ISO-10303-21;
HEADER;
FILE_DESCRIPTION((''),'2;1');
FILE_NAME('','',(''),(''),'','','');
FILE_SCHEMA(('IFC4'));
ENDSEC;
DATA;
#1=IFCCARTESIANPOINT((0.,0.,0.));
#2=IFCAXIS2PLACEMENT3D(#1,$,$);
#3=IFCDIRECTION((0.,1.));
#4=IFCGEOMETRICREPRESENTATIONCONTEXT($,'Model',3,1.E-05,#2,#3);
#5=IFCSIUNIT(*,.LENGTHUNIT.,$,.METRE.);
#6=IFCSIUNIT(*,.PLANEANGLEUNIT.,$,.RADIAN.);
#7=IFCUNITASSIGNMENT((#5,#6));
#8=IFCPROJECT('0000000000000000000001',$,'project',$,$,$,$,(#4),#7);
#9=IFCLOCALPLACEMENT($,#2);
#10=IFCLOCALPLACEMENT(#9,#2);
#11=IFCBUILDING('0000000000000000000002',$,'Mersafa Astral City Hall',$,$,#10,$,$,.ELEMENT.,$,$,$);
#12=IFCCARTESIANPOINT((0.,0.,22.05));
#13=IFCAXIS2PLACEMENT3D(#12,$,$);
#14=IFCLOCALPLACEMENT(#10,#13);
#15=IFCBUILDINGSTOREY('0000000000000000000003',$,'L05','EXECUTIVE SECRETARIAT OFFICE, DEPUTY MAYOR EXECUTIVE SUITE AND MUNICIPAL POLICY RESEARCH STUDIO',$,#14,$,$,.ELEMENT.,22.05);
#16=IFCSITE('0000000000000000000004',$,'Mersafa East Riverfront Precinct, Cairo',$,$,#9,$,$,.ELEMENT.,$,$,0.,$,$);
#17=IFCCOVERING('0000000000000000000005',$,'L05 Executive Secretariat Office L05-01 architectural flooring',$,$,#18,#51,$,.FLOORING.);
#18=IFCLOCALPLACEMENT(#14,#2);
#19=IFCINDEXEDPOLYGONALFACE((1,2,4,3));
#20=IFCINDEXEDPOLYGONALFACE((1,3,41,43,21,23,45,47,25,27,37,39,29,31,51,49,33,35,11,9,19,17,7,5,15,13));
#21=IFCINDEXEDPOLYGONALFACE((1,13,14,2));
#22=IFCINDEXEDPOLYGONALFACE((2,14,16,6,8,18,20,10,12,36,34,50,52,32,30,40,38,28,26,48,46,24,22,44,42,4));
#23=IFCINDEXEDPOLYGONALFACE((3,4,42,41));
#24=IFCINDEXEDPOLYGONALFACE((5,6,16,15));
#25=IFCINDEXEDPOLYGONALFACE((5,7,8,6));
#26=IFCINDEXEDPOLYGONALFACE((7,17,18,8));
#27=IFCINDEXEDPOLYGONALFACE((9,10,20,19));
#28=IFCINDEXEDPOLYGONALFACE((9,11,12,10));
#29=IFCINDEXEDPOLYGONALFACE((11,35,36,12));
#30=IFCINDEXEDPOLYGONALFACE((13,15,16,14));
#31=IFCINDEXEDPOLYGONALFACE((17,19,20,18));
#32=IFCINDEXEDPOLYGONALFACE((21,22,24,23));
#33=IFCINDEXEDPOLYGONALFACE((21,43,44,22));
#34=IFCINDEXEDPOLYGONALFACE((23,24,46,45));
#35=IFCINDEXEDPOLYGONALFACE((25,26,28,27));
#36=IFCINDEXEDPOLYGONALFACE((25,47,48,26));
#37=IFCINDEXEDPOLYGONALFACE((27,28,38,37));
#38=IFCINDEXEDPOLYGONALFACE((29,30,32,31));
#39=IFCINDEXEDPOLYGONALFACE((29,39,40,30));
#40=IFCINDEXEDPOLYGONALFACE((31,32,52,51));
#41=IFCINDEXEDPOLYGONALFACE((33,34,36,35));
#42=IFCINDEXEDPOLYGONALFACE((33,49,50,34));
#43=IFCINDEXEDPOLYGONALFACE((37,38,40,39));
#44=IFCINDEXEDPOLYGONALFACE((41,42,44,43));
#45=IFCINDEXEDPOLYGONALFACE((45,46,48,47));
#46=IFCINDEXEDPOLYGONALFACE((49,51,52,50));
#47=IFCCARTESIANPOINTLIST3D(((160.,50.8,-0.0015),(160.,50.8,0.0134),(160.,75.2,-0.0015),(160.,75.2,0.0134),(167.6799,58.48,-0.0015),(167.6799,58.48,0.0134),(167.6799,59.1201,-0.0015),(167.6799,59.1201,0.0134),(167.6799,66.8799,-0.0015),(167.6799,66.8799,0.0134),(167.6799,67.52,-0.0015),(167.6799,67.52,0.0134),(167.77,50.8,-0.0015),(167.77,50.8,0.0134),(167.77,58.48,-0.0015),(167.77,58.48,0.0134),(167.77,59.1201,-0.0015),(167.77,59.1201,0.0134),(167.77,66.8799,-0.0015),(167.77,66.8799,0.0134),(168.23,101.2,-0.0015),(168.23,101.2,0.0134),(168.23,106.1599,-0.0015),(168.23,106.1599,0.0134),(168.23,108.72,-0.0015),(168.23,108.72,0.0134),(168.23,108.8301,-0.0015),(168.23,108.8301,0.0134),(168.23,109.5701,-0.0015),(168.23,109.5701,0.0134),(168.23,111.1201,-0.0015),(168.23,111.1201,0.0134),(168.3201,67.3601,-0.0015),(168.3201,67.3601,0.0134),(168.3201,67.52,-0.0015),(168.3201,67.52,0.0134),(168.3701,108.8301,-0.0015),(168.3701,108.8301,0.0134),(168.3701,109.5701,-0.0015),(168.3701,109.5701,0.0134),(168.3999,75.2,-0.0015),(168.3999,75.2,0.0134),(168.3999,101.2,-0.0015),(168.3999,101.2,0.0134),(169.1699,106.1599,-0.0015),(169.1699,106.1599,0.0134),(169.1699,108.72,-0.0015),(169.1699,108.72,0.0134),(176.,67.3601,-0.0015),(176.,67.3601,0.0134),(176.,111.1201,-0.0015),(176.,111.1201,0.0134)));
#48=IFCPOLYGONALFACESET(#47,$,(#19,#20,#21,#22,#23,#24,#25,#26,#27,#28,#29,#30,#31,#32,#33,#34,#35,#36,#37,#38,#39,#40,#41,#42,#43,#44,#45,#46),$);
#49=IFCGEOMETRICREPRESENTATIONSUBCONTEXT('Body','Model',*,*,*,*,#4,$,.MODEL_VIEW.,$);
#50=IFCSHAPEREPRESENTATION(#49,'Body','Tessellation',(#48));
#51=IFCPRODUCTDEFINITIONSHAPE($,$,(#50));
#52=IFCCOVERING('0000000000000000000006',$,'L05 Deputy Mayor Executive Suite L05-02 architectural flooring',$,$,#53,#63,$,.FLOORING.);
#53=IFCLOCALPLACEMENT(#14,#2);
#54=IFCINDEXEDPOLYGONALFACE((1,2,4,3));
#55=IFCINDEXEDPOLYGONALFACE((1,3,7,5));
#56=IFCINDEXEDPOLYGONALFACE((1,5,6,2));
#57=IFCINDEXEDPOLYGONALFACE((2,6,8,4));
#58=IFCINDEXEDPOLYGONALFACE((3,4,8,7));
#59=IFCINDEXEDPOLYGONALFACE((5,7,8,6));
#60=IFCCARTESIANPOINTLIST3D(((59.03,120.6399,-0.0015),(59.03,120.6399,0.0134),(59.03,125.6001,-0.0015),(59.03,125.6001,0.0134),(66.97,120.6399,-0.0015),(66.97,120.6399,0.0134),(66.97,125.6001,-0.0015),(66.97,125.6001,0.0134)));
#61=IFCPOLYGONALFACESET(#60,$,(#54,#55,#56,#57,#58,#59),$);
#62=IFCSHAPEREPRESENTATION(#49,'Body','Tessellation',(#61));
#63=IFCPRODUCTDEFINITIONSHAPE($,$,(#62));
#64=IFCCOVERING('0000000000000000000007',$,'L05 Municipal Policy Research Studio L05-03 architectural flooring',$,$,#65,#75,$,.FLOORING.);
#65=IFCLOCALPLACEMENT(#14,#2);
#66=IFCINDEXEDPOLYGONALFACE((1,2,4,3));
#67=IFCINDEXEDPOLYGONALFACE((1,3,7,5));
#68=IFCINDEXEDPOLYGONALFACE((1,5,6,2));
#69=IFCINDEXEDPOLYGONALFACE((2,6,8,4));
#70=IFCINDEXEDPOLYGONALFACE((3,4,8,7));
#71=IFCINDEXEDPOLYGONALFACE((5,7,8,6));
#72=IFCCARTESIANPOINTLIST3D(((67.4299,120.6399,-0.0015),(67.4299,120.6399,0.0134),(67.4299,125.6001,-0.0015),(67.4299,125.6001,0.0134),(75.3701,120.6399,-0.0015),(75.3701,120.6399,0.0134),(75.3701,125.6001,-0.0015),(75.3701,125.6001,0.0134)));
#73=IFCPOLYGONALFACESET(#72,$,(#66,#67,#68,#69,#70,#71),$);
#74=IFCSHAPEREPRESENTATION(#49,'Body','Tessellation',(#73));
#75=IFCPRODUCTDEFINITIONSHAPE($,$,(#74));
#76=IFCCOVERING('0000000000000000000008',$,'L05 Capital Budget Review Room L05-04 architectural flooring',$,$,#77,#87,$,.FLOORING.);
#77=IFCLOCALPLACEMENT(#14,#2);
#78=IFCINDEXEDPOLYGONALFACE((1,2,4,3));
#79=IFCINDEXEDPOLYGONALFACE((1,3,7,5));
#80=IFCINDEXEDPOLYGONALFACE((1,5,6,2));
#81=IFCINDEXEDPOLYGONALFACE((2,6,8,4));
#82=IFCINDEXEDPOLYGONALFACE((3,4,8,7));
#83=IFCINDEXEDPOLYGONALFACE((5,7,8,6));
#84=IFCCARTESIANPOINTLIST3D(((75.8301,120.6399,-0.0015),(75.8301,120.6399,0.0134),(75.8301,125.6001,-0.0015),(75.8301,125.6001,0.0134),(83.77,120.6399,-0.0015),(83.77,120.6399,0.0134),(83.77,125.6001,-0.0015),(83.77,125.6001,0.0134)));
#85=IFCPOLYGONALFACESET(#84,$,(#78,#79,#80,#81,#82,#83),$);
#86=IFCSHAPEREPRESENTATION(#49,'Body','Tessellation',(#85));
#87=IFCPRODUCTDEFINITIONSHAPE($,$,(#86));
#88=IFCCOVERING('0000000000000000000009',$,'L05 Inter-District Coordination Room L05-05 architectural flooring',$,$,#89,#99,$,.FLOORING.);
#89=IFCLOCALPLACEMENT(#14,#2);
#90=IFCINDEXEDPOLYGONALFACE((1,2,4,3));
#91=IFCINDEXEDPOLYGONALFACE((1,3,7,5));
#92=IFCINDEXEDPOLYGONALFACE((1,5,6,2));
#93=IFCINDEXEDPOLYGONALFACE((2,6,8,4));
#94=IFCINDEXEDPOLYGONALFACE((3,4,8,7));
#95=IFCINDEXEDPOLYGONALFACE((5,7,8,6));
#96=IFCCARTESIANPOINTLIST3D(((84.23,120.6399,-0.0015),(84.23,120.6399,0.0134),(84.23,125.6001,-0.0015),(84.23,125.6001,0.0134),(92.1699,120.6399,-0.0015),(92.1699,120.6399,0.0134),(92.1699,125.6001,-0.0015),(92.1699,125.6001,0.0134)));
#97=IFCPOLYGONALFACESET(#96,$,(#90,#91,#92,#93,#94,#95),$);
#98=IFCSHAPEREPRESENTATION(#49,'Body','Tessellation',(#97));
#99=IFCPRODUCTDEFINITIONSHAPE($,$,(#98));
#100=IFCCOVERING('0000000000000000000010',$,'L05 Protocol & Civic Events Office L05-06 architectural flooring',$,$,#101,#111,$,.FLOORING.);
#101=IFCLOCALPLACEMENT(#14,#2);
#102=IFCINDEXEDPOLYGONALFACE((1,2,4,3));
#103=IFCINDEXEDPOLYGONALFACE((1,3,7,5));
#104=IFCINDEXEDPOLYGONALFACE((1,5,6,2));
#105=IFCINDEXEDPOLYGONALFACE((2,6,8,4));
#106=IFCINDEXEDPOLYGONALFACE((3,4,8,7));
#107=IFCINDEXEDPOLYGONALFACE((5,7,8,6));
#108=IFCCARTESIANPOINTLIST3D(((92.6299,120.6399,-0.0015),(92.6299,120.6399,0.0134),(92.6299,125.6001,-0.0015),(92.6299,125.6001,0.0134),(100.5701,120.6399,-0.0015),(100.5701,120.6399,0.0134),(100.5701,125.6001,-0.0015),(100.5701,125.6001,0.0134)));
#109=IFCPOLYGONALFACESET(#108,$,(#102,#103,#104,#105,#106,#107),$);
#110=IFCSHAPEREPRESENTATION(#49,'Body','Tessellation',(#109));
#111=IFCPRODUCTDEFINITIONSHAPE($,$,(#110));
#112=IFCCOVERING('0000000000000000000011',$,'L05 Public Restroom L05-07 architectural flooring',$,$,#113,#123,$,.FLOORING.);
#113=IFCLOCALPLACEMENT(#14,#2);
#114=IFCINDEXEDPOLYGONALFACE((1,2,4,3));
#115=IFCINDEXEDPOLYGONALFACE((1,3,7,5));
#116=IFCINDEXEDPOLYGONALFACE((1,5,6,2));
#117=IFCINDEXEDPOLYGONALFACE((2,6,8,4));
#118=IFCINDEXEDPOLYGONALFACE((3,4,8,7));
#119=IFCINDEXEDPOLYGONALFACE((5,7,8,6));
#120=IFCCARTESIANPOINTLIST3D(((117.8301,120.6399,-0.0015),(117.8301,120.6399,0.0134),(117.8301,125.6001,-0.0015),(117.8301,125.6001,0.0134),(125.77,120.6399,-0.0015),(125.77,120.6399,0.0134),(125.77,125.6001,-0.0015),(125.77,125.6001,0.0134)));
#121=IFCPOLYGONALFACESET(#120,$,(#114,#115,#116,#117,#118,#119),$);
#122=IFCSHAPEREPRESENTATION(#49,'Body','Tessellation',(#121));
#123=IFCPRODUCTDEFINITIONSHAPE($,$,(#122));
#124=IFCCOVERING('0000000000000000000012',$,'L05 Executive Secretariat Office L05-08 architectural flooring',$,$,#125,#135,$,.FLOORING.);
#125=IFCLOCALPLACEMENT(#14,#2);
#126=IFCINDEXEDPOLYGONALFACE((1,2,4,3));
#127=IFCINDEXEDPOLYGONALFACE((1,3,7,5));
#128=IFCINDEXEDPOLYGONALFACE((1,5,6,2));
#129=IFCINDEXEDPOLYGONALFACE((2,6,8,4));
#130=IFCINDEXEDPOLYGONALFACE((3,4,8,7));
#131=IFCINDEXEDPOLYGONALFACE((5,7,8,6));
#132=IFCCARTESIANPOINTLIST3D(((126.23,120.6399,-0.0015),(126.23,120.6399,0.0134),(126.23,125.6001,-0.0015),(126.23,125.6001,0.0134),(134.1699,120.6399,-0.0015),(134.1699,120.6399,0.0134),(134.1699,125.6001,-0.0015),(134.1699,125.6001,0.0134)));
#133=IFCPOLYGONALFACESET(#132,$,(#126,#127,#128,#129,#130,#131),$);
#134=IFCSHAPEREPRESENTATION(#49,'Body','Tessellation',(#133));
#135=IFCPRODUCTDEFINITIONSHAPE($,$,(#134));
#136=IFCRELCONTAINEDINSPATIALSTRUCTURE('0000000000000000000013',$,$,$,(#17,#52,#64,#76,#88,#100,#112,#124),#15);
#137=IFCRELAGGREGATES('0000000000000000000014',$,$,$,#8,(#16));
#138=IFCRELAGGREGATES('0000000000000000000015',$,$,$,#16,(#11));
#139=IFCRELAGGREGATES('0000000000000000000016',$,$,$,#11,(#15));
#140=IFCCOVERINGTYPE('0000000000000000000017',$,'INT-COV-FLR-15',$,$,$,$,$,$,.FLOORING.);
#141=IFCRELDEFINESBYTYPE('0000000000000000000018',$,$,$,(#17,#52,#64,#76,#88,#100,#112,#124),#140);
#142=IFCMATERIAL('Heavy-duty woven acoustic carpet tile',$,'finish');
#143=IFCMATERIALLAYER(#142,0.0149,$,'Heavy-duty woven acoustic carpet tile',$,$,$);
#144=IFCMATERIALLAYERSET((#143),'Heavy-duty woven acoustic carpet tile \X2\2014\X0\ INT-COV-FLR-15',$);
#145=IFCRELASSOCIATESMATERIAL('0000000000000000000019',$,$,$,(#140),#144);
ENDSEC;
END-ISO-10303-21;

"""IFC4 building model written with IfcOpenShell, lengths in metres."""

from ifc_helpers import new_model, si_unit, direction, frame, origin, place, context, subcontext, project, spatial, polyline, outline, extrude, material, layer, layer_set, type_object, element, save


model = new_model("IFC4")

# Units and contexts
model_context = context("Model", 3, precision=1e-05, world=origin(), true_north=direction((0.0, 1.0)))
body_context = subcontext(model_context, "Body", "Model", "MODEL_VIEW")
ifc_project = project(units=[si_unit("LENGTHUNIT", "METRE"), si_unit("PLANEANGLEUNIT", "RADIAN")], contexts=[model_context])

# Site, building, storey
site_placement = place(None, origin())
site = spatial("IfcSite", under=ifc_project, at=site_placement, Name="Mersafa East Riverfront Precinct, Cairo", CompositionType="ELEMENT", RefElevation=0.0)
building_placement = place(site_placement, origin())
building = spatial("IfcBuilding", under=site, at=building_placement, Name="Mersafa Astral City Hall", CompositionType="ELEMENT")
storey_placement = place(building_placement, frame((0.0, 0.0, 22.05)))
storey = spatial("IfcBuildingStorey", under=building, at=storey_placement, Name="L05", Description="EXECUTIVE SECRETARIAT OFFICE, DEPUTY MAYOR EXECUTIVE SUITE AND MUNICIPAL POLICY RESEARCH STUDIO", CompositionType="ELEMENT", Elevation=22.05)

# Coverings
ifc_material_1 = material(Name="Heavy-duty woven acoustic carpet tile", Category="finish")
ifc_layer_1 = layer(ifc_material_1, 0.0149, Name="Heavy-duty woven acoustic carpet tile")
ifc_layer_set_1 = layer_set([ifc_layer_1], Name="Heavy-duty woven acoustic carpet tile — INT-COV-FLR-15")
covering_type_1 = type_object("IfcCoveringType", Name="INT-COV-FLR-15", PredefinedType="FLOORING", material=ifc_layer_set_1)
covering_1_placement = place(storey_placement, frame((0.0, 0.0, -0.0015)))
element("IfcCovering", 1, at=covering_1_placement, inside=storey, type_object=covering_type_1, Name="L05 Executive Secretariat Office L05-01 architectural flooring", PredefinedType="FLOORING", context=body_context, shape_type="SweptSolid", body=[
    extrude(outline(polyline([(167.77, 50.8), (160.0, 50.8), (160.0, 75.2), (168.3999, 75.2), (168.3999, 101.2), (168.23, 101.2), (168.23, 106.1599), (169.1699, 106.1599), (169.1699, 108.72), (168.23, 108.72), (168.23, 108.8301), (168.3701, 108.8301), (168.3701, 109.5701), (168.23, 109.5701), (168.23, 111.1201), (176.0, 111.1201), (176.0, 67.3601), (168.3201, 67.3601), (168.3201, 67.52), (167.6799, 67.52), (167.6799, 66.8799), (167.77, 66.8799), (167.77, 59.1201), (167.6799, 59.1201), (167.6799, 58.48), (167.77, 58.48), (167.77, 50.8)])), origin(), (0.0, 0.0, 1.0), 0.0149),
])
covering_2_placement = place(storey_placement, frame((0.0, 0.0, -0.0015)))
element("IfcCovering", 2, at=covering_2_placement, inside=storey, type_object=covering_type_1, Name="L05 Deputy Mayor Executive Suite L05-02 architectural flooring", PredefinedType="FLOORING", context=body_context, shape_type="SweptSolid", body=[
    extrude(outline(polyline([(59.03, 120.6399), (59.03, 125.6001), (66.97, 125.6001), (66.97, 120.6399), (59.03, 120.6399)])), origin(), (0.0, 0.0, 1.0), 0.0149),
])
covering_3_placement = place(storey_placement, frame((0.0, 0.0, -0.0015)))
element("IfcCovering", 3, at=covering_3_placement, inside=storey, type_object=covering_type_1, Name="L05 Municipal Policy Research Studio L05-03 architectural flooring", PredefinedType="FLOORING", context=body_context, shape_type="SweptSolid", body=[
    extrude(outline(polyline([(67.4299, 120.6399), (67.4299, 125.6001), (75.3701, 125.6001), (75.3701, 120.6399), (67.4299, 120.6399)])), origin(), (0.0, 0.0, 1.0), 0.0149),
])
covering_4_placement = place(storey_placement, frame((0.0, 0.0, -0.0015)))
element("IfcCovering", 4, at=covering_4_placement, inside=storey, type_object=covering_type_1, Name="L05 Capital Budget Review Room L05-04 architectural flooring", PredefinedType="FLOORING", context=body_context, shape_type="SweptSolid", body=[
    extrude(outline(polyline([(75.8301, 120.6399), (75.8301, 125.6001), (83.77, 125.6001), (83.77, 120.6399), (75.8301, 120.6399)])), origin(), (0.0, 0.0, 1.0), 0.0149),
])
covering_5_placement = place(storey_placement, frame((0.0, 0.0, -0.0015)))
element("IfcCovering", 5, at=covering_5_placement, inside=storey, type_object=covering_type_1, Name="L05 Inter-District Coordination Room L05-05 architectural flooring", PredefinedType="FLOORING", context=body_context, shape_type="SweptSolid", body=[
    extrude(outline(polyline([(84.23, 120.6399), (84.23, 125.6001), (92.1699, 125.6001), (92.1699, 120.6399), (84.23, 120.6399)])), origin(), (0.0, 0.0, 1.0), 0.0149),
])
covering_6_placement = place(storey_placement, frame((0.0, 0.0, -0.0015)))
element("IfcCovering", 6, at=covering_6_placement, inside=storey, type_object=covering_type_1, Name="L05 Protocol & Civic Events Office L05-06 architectural flooring", PredefinedType="FLOORING", context=body_context, shape_type="SweptSolid", body=[
    extrude(outline(polyline([(92.6299, 120.6399), (92.6299, 125.6001), (100.5701, 125.6001), (100.5701, 120.6399), (92.6299, 120.6399)])), origin(), (0.0, 0.0, 1.0), 0.0149),
])
covering_7_placement = place(storey_placement, frame((0.0, 0.0, -0.0015)))
element("IfcCovering", 7, at=covering_7_placement, inside=storey, type_object=covering_type_1, Name="L05 Public Restroom L05-07 architectural flooring", PredefinedType="FLOORING", context=body_context, shape_type="SweptSolid", body=[
    extrude(outline(polyline([(125.77, 125.6001), (125.77, 120.6399), (117.8301, 120.6399), (117.8301, 125.6001), (125.77, 125.6001)])), origin(), (0.0, 0.0, 1.0), 0.0149),
])
covering_8_placement = place(storey_placement, frame((0.0, 0.0, -0.0015)))
element("IfcCovering", 8, at=covering_8_placement, inside=storey, type_object=covering_type_1, Name="L05 Executive Secretariat Office L05-08 architectural flooring", PredefinedType="FLOORING", context=body_context, shape_type="SweptSolid", body=[
    extrude(outline(polyline([(134.1699, 125.6001), (134.1699, 120.6399), (126.23, 120.6399), (126.23, 125.6001), (134.1699, 125.6001)])), origin(), (0.0, 0.0, 1.0), 0.0149),
])

save(model, "model.ifc")
